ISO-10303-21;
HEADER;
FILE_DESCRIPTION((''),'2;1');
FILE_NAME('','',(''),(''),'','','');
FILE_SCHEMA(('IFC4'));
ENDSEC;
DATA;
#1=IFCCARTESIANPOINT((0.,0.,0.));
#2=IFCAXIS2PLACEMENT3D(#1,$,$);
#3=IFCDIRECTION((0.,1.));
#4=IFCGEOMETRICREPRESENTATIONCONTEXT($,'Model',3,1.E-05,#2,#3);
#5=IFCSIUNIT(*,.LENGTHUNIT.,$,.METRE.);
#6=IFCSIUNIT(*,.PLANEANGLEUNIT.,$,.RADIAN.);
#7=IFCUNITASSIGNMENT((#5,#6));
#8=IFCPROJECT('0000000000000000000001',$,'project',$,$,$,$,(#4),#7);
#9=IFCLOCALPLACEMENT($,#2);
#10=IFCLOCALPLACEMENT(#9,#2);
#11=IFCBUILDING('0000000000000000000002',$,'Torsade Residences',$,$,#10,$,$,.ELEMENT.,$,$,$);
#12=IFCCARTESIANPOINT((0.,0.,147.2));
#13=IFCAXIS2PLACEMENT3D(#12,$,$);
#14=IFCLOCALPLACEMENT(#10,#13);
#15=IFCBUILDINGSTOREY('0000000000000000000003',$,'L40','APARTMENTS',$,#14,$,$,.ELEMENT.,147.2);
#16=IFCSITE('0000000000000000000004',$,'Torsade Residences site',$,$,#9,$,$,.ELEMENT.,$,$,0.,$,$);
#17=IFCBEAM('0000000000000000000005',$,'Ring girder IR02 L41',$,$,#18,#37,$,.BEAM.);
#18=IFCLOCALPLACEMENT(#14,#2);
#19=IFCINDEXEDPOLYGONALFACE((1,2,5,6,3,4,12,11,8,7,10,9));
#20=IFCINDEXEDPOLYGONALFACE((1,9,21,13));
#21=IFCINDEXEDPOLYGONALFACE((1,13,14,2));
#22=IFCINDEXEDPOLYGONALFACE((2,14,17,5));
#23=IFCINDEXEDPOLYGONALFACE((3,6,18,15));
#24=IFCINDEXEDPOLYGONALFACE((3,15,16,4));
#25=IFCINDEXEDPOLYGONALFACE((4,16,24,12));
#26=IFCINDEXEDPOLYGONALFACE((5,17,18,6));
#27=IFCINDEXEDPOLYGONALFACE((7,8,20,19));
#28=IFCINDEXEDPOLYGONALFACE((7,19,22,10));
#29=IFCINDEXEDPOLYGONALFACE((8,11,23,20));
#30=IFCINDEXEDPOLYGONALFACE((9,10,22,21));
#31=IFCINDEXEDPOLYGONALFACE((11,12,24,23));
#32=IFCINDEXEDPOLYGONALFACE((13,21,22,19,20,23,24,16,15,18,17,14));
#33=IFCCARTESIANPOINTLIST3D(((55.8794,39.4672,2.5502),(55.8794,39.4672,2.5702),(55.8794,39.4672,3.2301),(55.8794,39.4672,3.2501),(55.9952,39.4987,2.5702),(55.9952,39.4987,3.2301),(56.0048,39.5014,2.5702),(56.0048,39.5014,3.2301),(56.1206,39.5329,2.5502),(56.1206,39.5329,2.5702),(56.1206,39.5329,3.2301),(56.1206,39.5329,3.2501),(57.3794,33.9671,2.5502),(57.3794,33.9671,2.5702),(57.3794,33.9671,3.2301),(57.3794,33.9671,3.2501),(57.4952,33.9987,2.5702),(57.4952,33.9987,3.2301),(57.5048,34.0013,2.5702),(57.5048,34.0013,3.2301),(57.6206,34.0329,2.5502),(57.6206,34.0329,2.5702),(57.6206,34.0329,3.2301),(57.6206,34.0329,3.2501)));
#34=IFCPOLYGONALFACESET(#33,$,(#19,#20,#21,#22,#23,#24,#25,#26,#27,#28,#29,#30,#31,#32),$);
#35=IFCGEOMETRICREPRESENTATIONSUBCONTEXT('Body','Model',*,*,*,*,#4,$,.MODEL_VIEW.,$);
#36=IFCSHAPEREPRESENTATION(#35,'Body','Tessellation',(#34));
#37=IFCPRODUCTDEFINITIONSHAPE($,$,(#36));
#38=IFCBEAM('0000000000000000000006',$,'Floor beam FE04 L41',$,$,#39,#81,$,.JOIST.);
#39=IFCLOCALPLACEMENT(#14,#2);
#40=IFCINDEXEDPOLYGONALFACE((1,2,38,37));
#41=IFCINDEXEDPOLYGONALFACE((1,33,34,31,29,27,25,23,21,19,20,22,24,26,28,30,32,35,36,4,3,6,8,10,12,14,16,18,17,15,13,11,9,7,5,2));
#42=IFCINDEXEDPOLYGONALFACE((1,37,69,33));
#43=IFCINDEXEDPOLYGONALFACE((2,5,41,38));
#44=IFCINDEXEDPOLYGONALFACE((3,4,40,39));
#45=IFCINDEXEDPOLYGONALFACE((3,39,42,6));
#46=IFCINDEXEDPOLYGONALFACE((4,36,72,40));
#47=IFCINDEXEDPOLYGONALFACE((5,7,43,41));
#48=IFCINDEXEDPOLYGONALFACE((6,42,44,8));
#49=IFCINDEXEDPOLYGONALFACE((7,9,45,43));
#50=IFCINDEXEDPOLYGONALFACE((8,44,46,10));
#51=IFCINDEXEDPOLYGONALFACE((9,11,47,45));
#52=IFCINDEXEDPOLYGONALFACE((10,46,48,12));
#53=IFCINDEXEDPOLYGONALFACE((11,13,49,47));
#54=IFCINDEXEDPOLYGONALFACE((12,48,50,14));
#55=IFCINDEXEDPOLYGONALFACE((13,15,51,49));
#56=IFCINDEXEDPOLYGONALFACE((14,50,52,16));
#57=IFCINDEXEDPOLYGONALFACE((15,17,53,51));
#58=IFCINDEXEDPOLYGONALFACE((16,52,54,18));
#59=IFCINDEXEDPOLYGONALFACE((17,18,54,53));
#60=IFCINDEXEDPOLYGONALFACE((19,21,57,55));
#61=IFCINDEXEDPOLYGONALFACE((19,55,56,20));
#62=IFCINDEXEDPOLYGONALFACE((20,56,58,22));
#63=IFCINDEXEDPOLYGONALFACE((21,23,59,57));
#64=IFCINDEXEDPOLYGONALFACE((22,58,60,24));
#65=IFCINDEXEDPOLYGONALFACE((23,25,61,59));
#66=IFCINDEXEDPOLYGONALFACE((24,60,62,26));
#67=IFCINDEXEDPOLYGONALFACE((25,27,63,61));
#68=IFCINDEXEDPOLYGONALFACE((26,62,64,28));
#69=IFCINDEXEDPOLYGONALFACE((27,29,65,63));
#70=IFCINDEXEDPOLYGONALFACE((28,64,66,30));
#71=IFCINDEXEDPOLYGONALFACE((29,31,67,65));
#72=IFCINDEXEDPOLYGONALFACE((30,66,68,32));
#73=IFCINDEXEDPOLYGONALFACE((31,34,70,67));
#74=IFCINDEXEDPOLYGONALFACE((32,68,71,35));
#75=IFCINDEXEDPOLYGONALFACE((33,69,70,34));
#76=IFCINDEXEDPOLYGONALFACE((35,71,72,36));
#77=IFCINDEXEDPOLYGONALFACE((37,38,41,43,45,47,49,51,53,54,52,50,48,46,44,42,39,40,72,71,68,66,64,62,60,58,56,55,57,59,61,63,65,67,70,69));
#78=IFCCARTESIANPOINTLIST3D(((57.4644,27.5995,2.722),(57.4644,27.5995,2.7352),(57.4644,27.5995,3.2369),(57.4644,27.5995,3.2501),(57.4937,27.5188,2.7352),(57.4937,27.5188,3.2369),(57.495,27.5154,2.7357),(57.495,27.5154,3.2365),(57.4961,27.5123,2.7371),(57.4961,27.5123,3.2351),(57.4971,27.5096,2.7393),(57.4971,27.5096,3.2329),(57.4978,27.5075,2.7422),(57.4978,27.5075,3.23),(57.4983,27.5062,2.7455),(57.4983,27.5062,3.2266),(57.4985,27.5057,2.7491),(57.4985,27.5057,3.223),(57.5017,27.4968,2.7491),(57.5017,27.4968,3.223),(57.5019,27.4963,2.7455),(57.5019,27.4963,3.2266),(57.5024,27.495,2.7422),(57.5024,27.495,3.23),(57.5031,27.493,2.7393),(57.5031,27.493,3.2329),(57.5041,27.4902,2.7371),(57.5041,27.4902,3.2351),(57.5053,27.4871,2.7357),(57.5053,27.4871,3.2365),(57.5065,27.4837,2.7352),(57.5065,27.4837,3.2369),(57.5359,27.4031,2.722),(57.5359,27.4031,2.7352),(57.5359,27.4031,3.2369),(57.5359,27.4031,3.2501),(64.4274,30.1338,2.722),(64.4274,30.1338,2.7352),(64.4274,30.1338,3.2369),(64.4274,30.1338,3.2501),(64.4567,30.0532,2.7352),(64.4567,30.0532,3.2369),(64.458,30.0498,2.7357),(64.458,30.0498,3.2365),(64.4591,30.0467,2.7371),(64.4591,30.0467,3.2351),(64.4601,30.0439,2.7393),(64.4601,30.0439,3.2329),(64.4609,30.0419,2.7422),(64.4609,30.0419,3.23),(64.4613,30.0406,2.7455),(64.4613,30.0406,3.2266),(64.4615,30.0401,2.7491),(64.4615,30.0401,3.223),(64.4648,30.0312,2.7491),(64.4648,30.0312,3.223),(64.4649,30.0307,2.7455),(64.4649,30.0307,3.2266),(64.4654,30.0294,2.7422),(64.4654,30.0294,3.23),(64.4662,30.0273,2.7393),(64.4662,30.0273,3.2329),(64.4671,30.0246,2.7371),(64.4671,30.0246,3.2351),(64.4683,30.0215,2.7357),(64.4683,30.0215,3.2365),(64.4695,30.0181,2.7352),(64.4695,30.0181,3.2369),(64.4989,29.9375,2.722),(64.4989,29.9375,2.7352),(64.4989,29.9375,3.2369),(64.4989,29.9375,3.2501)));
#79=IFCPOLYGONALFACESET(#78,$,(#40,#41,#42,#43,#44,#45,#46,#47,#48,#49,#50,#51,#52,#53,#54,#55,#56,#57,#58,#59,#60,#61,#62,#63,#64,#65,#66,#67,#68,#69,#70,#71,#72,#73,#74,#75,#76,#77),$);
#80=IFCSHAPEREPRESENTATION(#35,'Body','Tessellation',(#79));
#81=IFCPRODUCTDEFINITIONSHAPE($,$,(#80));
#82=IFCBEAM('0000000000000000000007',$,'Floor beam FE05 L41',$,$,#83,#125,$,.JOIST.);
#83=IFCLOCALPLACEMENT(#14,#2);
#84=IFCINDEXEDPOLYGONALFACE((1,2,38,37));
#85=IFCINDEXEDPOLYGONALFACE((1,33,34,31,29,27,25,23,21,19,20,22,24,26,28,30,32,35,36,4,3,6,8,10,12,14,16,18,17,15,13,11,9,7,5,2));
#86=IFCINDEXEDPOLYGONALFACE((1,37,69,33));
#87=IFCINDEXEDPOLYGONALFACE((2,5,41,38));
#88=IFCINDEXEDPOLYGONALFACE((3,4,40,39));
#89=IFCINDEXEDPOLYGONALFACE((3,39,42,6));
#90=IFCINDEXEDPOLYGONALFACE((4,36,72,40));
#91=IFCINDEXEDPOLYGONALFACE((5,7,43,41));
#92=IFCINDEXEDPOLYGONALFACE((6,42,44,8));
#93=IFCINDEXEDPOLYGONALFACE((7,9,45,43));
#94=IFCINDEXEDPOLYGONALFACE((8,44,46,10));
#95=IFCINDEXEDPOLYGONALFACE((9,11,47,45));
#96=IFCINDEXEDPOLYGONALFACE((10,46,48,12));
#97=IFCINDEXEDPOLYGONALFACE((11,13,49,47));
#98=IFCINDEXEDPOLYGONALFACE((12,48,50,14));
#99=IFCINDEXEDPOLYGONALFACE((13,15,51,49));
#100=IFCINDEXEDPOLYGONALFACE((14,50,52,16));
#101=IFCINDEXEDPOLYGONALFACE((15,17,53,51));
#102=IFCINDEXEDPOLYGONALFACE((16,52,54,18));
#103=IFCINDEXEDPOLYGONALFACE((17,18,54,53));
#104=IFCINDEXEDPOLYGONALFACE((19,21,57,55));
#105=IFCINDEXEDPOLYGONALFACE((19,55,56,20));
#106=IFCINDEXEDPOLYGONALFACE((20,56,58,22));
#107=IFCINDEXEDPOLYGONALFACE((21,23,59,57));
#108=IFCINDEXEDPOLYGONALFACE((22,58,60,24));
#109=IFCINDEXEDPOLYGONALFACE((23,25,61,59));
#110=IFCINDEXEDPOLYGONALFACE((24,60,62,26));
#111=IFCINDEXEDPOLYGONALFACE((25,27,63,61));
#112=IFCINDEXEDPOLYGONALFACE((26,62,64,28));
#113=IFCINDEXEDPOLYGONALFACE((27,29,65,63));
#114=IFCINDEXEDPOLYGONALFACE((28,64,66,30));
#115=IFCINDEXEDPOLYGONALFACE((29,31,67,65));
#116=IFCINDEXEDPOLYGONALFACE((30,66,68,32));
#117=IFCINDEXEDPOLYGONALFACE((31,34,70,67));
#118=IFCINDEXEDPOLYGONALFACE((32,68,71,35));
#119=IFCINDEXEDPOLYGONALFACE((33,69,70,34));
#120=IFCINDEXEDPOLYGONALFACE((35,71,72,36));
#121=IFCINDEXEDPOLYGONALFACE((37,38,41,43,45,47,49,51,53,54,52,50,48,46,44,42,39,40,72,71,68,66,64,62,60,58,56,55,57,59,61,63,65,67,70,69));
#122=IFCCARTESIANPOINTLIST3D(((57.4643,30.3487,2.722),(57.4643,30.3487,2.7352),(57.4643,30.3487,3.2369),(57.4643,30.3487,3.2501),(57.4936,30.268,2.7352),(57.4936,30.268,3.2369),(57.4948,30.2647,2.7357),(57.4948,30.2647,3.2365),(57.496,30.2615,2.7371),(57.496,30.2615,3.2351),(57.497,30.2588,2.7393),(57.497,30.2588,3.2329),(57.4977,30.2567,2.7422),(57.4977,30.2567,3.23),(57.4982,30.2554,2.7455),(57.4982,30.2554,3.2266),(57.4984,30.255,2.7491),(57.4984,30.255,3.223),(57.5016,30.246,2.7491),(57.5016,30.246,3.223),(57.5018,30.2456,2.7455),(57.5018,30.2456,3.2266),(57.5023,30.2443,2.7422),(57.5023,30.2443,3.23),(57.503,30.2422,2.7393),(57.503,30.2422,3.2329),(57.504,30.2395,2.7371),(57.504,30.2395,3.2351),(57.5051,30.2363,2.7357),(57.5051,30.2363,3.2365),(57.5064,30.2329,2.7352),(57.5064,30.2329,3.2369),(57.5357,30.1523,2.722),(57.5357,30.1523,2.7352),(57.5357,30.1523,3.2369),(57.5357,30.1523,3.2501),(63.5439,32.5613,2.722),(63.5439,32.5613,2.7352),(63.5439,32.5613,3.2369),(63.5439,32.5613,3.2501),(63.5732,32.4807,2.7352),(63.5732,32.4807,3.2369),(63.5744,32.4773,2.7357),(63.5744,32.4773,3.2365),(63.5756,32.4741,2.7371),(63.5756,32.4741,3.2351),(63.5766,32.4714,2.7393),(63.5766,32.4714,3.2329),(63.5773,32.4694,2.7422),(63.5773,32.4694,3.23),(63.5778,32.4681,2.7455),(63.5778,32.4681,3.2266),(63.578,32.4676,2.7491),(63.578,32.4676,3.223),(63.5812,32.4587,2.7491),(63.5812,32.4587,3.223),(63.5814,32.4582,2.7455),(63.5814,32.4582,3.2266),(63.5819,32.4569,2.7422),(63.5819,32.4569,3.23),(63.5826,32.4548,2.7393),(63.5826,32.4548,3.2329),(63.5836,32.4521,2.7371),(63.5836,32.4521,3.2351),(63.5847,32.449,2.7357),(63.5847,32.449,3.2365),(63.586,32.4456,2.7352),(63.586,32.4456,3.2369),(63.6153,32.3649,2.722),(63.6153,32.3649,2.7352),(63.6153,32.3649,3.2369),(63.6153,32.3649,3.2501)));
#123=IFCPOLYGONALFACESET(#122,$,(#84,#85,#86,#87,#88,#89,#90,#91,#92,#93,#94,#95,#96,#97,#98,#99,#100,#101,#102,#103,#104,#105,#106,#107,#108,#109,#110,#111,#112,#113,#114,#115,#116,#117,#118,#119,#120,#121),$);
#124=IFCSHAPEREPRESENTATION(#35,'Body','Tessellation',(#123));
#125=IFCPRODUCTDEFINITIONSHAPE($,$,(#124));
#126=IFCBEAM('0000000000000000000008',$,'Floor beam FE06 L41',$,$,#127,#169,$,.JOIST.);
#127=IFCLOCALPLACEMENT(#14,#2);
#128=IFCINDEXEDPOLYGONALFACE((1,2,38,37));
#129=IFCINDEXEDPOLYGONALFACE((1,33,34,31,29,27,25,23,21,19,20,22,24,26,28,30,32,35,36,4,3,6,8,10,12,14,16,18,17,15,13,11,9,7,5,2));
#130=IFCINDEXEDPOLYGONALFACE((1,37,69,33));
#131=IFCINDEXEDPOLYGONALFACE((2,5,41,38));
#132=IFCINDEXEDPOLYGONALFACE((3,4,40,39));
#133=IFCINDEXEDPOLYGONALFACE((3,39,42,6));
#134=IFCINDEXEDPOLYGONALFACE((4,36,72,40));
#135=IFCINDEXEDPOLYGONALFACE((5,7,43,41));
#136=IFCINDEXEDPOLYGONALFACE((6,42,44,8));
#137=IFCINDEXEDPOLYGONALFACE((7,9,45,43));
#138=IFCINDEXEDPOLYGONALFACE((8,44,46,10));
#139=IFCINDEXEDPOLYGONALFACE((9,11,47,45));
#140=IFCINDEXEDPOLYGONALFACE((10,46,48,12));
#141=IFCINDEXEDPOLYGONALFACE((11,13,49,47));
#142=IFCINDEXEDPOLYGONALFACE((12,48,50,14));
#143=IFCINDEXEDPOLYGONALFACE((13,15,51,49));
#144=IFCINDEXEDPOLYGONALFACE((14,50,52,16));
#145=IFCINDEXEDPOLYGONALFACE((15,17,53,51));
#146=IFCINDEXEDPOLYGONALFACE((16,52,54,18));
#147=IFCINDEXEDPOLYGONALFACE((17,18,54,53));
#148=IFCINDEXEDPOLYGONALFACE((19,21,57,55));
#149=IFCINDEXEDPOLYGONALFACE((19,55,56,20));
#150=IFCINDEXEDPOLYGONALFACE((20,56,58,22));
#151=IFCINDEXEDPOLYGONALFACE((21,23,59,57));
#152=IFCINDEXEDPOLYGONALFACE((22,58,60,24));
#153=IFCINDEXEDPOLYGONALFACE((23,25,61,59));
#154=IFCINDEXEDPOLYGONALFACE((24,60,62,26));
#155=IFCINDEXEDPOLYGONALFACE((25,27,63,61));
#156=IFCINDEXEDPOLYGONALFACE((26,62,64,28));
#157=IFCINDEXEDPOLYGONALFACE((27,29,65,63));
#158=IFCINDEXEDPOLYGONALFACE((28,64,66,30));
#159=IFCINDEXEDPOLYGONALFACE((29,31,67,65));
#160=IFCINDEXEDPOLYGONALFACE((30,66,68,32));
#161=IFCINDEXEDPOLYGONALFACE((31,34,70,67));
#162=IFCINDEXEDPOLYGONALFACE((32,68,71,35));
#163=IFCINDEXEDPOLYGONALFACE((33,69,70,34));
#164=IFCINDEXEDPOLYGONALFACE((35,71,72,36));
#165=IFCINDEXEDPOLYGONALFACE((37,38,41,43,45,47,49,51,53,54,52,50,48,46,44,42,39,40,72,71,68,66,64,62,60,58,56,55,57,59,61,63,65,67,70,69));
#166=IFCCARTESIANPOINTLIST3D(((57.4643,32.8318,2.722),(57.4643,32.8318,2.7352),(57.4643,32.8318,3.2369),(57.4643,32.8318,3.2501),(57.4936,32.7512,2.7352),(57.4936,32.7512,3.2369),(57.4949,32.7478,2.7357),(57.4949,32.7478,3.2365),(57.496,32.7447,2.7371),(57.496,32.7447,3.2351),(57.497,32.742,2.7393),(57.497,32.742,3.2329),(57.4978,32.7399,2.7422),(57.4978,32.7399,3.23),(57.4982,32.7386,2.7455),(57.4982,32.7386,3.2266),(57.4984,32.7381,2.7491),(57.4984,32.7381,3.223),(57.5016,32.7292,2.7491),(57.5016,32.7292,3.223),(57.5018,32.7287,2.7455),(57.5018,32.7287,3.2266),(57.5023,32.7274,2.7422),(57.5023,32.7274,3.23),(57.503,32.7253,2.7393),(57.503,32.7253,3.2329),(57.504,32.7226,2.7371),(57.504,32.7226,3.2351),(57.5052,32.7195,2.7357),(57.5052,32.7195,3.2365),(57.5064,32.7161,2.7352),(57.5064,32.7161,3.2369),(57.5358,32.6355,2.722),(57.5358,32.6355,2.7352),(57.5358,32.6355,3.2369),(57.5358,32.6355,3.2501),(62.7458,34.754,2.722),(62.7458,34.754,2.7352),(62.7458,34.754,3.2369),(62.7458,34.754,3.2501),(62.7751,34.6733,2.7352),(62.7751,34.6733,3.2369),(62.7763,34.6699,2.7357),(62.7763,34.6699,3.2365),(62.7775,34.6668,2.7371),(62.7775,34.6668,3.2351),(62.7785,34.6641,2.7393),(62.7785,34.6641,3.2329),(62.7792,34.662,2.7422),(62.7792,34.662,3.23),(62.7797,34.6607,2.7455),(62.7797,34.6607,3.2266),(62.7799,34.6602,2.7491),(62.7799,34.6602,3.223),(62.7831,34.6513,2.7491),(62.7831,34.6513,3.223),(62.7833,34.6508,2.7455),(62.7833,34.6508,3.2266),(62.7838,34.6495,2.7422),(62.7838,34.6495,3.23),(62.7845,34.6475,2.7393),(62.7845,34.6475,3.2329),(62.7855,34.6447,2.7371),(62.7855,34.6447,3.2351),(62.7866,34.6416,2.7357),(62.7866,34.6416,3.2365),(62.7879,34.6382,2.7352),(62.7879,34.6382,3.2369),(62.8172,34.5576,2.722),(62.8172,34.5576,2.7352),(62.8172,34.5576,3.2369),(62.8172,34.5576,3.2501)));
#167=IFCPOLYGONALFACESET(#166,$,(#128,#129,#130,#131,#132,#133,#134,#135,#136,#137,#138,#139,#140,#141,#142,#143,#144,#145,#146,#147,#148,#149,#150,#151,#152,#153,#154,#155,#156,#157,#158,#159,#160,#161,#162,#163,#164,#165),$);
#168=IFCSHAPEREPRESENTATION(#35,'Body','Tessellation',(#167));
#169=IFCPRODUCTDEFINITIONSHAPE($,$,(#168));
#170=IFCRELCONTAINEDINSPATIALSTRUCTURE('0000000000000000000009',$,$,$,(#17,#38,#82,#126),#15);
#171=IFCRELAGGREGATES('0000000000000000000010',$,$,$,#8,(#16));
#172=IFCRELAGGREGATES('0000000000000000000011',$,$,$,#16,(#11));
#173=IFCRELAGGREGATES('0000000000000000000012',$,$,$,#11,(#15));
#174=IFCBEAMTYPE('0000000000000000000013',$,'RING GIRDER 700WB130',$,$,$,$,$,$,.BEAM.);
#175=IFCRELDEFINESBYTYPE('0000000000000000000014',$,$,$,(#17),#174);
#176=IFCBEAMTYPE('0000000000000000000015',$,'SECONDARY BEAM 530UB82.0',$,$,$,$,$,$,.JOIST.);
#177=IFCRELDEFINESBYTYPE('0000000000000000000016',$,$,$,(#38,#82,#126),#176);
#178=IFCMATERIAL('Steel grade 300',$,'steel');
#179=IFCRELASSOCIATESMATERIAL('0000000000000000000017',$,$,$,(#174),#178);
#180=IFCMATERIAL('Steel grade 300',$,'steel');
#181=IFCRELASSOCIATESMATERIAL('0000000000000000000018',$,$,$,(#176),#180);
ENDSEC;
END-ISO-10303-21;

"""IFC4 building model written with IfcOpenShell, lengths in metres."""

from ifc_helpers import new_model, si_unit, direction, frame, origin, origin_2d, place, context, subcontext, project, spatial, i_section, extrude, material, material_profile, profile_set, type_object, element, save


model = new_model("IFC4")

# Units and contexts
model_context = context("Model", 3, precision=1e-05, world=origin(), true_north=direction((0.0, 1.0)))
body_context = subcontext(model_context, "Body", "Model", "MODEL_VIEW")
ifc_project = project(units=[si_unit("LENGTHUNIT", "METRE"), si_unit("PLANEANGLEUNIT", "RADIAN")], contexts=[model_context])

# Site, building, storey
site_placement = place(None, origin())
site = spatial("IfcSite", under=ifc_project, at=site_placement, Name="Torsade Residences site", CompositionType="ELEMENT", RefElevation=0.0)
building_placement = place(site_placement, origin())
building = spatial("IfcBuilding", under=site, at=building_placement, Name="Torsade Residences", CompositionType="ELEMENT")
storey_placement = place(building_placement, frame((0.0, 0.0, 147.2)))
storey = spatial("IfcBuildingStorey", under=building, at=storey_placement, Name="L40", Description="APARTMENTS", CompositionType="ELEMENT", Elevation=147.2)

# Beams
ifc_material_1 = material(Name="Steel grade 300", Category="steel")
ifc_material_profile_1 = material_profile(ifc_material_1, i_section(OverallWidth=0.25, OverallDepth=0.7, WebThickness=0.01, FlangeThickness=0.02, at=origin_2d()), Name="700WB130")
ifc_profile_set_1 = profile_set([ifc_material_profile_1], Name="Steel grade 300")
beam_type_1 = type_object("IfcBeamType", Name="RING GIRDER 700WB130", PredefinedType="BEAM", material=ifc_profile_set_1)
beam_1_placement = place(storey_placement, frame((57.5, 34.0, 2.9001), z_axis=(-0.263117, 0.964764, 0.0), x_axis=(-0.964764, -0.263117, 0.0)))
element("IfcBeam", 1, at=beam_1_placement, inside=storey, type_object=beam_type_1, Name="Ring girder IR02 L41", PredefinedType="BEAM", context=body_context, shape_type="SweptSolid", body=[
    extrude(i_section(OverallWidth=0.25, OverallDepth=0.7, WebThickness=0.01, FlangeThickness=0.02, at=origin_2d()), origin(), (0.0, 0.0, 1.0), 5.7009),
])
ifc_material_2 = material(Name="Steel grade 300", Category="steel")
ifc_material_profile_2 = material_profile(ifc_material_2, i_section(OverallWidth=0.209, OverallDepth=0.5281, WebThickness=0.0095, FlangeThickness=0.0132, FilletRadius=0.0139, at=origin_2d()), Name="530UB82.0")
ifc_profile_set_2 = profile_set([ifc_material_profile_2], Name="Steel grade 300")
beam_type_2 = type_object("IfcBeamType", Name="SECONDARY BEAM 530UB82.0", PredefinedType="JOIST", material=ifc_profile_set_2)
beam_2_placement = place(storey_placement, frame((64.4631, 30.0356, 2.9861), z_axis=(-0.93969, -0.342026, 0.0), x_axis=(0.342026, -0.93969, 0.0)))
element("IfcBeam", 2, at=beam_2_placement, inside=storey, type_object=beam_type_2, Name="Floor beam FE04 L41", PredefinedType="JOIST", context=body_context, shape_type="SweptSolid", body=[
    extrude(i_section(OverallWidth=0.209, OverallDepth=0.5281, WebThickness=0.0095, FlangeThickness=0.0132, FilletRadius=0.0139, at=origin_2d()), origin(), (0.0, 0.0, 1.0), 7.4099),
])
beam_3_placement = place(storey_placement, frame((63.5796, 32.4631, 2.9861), z_axis=(-0.9397, -0.342001, 0.0), x_axis=(0.342001, -0.9397, 0.0)))
element("IfcBeam", 3, at=beam_3_placement, inside=storey, type_object=beam_type_2, Name="Floor beam FE05 L41", PredefinedType="JOIST", context=body_context, shape_type="SweptSolid", body=[
    extrude(i_section(OverallWidth=0.209, OverallDepth=0.5281, WebThickness=0.0095, FlangeThickness=0.0132, FilletRadius=0.0139, at=origin_2d()), origin(), (0.0, 0.0, 1.0), 6.4697),
])
beam_4_placement = place(storey_placement, frame((62.7815, 34.6558, 2.9861), z_axis=(-0.939703, -0.341991, 0.0), x_axis=(0.341991, -0.939703, 0.0)))
element("IfcBeam", 4, at=beam_4_placement, inside=storey, type_object=beam_type_2, Name="Floor beam FE06 L41", PredefinedType="JOIST", context=body_context, shape_type="SweptSolid", body=[
    extrude(i_section(OverallWidth=0.209, OverallDepth=0.5281, WebThickness=0.0095, FlangeThickness=0.0132, FilletRadius=0.0139, at=origin_2d()), origin(), (0.0, 0.0, 1.0), 5.6204),
])

save(model, "model.ifc")
